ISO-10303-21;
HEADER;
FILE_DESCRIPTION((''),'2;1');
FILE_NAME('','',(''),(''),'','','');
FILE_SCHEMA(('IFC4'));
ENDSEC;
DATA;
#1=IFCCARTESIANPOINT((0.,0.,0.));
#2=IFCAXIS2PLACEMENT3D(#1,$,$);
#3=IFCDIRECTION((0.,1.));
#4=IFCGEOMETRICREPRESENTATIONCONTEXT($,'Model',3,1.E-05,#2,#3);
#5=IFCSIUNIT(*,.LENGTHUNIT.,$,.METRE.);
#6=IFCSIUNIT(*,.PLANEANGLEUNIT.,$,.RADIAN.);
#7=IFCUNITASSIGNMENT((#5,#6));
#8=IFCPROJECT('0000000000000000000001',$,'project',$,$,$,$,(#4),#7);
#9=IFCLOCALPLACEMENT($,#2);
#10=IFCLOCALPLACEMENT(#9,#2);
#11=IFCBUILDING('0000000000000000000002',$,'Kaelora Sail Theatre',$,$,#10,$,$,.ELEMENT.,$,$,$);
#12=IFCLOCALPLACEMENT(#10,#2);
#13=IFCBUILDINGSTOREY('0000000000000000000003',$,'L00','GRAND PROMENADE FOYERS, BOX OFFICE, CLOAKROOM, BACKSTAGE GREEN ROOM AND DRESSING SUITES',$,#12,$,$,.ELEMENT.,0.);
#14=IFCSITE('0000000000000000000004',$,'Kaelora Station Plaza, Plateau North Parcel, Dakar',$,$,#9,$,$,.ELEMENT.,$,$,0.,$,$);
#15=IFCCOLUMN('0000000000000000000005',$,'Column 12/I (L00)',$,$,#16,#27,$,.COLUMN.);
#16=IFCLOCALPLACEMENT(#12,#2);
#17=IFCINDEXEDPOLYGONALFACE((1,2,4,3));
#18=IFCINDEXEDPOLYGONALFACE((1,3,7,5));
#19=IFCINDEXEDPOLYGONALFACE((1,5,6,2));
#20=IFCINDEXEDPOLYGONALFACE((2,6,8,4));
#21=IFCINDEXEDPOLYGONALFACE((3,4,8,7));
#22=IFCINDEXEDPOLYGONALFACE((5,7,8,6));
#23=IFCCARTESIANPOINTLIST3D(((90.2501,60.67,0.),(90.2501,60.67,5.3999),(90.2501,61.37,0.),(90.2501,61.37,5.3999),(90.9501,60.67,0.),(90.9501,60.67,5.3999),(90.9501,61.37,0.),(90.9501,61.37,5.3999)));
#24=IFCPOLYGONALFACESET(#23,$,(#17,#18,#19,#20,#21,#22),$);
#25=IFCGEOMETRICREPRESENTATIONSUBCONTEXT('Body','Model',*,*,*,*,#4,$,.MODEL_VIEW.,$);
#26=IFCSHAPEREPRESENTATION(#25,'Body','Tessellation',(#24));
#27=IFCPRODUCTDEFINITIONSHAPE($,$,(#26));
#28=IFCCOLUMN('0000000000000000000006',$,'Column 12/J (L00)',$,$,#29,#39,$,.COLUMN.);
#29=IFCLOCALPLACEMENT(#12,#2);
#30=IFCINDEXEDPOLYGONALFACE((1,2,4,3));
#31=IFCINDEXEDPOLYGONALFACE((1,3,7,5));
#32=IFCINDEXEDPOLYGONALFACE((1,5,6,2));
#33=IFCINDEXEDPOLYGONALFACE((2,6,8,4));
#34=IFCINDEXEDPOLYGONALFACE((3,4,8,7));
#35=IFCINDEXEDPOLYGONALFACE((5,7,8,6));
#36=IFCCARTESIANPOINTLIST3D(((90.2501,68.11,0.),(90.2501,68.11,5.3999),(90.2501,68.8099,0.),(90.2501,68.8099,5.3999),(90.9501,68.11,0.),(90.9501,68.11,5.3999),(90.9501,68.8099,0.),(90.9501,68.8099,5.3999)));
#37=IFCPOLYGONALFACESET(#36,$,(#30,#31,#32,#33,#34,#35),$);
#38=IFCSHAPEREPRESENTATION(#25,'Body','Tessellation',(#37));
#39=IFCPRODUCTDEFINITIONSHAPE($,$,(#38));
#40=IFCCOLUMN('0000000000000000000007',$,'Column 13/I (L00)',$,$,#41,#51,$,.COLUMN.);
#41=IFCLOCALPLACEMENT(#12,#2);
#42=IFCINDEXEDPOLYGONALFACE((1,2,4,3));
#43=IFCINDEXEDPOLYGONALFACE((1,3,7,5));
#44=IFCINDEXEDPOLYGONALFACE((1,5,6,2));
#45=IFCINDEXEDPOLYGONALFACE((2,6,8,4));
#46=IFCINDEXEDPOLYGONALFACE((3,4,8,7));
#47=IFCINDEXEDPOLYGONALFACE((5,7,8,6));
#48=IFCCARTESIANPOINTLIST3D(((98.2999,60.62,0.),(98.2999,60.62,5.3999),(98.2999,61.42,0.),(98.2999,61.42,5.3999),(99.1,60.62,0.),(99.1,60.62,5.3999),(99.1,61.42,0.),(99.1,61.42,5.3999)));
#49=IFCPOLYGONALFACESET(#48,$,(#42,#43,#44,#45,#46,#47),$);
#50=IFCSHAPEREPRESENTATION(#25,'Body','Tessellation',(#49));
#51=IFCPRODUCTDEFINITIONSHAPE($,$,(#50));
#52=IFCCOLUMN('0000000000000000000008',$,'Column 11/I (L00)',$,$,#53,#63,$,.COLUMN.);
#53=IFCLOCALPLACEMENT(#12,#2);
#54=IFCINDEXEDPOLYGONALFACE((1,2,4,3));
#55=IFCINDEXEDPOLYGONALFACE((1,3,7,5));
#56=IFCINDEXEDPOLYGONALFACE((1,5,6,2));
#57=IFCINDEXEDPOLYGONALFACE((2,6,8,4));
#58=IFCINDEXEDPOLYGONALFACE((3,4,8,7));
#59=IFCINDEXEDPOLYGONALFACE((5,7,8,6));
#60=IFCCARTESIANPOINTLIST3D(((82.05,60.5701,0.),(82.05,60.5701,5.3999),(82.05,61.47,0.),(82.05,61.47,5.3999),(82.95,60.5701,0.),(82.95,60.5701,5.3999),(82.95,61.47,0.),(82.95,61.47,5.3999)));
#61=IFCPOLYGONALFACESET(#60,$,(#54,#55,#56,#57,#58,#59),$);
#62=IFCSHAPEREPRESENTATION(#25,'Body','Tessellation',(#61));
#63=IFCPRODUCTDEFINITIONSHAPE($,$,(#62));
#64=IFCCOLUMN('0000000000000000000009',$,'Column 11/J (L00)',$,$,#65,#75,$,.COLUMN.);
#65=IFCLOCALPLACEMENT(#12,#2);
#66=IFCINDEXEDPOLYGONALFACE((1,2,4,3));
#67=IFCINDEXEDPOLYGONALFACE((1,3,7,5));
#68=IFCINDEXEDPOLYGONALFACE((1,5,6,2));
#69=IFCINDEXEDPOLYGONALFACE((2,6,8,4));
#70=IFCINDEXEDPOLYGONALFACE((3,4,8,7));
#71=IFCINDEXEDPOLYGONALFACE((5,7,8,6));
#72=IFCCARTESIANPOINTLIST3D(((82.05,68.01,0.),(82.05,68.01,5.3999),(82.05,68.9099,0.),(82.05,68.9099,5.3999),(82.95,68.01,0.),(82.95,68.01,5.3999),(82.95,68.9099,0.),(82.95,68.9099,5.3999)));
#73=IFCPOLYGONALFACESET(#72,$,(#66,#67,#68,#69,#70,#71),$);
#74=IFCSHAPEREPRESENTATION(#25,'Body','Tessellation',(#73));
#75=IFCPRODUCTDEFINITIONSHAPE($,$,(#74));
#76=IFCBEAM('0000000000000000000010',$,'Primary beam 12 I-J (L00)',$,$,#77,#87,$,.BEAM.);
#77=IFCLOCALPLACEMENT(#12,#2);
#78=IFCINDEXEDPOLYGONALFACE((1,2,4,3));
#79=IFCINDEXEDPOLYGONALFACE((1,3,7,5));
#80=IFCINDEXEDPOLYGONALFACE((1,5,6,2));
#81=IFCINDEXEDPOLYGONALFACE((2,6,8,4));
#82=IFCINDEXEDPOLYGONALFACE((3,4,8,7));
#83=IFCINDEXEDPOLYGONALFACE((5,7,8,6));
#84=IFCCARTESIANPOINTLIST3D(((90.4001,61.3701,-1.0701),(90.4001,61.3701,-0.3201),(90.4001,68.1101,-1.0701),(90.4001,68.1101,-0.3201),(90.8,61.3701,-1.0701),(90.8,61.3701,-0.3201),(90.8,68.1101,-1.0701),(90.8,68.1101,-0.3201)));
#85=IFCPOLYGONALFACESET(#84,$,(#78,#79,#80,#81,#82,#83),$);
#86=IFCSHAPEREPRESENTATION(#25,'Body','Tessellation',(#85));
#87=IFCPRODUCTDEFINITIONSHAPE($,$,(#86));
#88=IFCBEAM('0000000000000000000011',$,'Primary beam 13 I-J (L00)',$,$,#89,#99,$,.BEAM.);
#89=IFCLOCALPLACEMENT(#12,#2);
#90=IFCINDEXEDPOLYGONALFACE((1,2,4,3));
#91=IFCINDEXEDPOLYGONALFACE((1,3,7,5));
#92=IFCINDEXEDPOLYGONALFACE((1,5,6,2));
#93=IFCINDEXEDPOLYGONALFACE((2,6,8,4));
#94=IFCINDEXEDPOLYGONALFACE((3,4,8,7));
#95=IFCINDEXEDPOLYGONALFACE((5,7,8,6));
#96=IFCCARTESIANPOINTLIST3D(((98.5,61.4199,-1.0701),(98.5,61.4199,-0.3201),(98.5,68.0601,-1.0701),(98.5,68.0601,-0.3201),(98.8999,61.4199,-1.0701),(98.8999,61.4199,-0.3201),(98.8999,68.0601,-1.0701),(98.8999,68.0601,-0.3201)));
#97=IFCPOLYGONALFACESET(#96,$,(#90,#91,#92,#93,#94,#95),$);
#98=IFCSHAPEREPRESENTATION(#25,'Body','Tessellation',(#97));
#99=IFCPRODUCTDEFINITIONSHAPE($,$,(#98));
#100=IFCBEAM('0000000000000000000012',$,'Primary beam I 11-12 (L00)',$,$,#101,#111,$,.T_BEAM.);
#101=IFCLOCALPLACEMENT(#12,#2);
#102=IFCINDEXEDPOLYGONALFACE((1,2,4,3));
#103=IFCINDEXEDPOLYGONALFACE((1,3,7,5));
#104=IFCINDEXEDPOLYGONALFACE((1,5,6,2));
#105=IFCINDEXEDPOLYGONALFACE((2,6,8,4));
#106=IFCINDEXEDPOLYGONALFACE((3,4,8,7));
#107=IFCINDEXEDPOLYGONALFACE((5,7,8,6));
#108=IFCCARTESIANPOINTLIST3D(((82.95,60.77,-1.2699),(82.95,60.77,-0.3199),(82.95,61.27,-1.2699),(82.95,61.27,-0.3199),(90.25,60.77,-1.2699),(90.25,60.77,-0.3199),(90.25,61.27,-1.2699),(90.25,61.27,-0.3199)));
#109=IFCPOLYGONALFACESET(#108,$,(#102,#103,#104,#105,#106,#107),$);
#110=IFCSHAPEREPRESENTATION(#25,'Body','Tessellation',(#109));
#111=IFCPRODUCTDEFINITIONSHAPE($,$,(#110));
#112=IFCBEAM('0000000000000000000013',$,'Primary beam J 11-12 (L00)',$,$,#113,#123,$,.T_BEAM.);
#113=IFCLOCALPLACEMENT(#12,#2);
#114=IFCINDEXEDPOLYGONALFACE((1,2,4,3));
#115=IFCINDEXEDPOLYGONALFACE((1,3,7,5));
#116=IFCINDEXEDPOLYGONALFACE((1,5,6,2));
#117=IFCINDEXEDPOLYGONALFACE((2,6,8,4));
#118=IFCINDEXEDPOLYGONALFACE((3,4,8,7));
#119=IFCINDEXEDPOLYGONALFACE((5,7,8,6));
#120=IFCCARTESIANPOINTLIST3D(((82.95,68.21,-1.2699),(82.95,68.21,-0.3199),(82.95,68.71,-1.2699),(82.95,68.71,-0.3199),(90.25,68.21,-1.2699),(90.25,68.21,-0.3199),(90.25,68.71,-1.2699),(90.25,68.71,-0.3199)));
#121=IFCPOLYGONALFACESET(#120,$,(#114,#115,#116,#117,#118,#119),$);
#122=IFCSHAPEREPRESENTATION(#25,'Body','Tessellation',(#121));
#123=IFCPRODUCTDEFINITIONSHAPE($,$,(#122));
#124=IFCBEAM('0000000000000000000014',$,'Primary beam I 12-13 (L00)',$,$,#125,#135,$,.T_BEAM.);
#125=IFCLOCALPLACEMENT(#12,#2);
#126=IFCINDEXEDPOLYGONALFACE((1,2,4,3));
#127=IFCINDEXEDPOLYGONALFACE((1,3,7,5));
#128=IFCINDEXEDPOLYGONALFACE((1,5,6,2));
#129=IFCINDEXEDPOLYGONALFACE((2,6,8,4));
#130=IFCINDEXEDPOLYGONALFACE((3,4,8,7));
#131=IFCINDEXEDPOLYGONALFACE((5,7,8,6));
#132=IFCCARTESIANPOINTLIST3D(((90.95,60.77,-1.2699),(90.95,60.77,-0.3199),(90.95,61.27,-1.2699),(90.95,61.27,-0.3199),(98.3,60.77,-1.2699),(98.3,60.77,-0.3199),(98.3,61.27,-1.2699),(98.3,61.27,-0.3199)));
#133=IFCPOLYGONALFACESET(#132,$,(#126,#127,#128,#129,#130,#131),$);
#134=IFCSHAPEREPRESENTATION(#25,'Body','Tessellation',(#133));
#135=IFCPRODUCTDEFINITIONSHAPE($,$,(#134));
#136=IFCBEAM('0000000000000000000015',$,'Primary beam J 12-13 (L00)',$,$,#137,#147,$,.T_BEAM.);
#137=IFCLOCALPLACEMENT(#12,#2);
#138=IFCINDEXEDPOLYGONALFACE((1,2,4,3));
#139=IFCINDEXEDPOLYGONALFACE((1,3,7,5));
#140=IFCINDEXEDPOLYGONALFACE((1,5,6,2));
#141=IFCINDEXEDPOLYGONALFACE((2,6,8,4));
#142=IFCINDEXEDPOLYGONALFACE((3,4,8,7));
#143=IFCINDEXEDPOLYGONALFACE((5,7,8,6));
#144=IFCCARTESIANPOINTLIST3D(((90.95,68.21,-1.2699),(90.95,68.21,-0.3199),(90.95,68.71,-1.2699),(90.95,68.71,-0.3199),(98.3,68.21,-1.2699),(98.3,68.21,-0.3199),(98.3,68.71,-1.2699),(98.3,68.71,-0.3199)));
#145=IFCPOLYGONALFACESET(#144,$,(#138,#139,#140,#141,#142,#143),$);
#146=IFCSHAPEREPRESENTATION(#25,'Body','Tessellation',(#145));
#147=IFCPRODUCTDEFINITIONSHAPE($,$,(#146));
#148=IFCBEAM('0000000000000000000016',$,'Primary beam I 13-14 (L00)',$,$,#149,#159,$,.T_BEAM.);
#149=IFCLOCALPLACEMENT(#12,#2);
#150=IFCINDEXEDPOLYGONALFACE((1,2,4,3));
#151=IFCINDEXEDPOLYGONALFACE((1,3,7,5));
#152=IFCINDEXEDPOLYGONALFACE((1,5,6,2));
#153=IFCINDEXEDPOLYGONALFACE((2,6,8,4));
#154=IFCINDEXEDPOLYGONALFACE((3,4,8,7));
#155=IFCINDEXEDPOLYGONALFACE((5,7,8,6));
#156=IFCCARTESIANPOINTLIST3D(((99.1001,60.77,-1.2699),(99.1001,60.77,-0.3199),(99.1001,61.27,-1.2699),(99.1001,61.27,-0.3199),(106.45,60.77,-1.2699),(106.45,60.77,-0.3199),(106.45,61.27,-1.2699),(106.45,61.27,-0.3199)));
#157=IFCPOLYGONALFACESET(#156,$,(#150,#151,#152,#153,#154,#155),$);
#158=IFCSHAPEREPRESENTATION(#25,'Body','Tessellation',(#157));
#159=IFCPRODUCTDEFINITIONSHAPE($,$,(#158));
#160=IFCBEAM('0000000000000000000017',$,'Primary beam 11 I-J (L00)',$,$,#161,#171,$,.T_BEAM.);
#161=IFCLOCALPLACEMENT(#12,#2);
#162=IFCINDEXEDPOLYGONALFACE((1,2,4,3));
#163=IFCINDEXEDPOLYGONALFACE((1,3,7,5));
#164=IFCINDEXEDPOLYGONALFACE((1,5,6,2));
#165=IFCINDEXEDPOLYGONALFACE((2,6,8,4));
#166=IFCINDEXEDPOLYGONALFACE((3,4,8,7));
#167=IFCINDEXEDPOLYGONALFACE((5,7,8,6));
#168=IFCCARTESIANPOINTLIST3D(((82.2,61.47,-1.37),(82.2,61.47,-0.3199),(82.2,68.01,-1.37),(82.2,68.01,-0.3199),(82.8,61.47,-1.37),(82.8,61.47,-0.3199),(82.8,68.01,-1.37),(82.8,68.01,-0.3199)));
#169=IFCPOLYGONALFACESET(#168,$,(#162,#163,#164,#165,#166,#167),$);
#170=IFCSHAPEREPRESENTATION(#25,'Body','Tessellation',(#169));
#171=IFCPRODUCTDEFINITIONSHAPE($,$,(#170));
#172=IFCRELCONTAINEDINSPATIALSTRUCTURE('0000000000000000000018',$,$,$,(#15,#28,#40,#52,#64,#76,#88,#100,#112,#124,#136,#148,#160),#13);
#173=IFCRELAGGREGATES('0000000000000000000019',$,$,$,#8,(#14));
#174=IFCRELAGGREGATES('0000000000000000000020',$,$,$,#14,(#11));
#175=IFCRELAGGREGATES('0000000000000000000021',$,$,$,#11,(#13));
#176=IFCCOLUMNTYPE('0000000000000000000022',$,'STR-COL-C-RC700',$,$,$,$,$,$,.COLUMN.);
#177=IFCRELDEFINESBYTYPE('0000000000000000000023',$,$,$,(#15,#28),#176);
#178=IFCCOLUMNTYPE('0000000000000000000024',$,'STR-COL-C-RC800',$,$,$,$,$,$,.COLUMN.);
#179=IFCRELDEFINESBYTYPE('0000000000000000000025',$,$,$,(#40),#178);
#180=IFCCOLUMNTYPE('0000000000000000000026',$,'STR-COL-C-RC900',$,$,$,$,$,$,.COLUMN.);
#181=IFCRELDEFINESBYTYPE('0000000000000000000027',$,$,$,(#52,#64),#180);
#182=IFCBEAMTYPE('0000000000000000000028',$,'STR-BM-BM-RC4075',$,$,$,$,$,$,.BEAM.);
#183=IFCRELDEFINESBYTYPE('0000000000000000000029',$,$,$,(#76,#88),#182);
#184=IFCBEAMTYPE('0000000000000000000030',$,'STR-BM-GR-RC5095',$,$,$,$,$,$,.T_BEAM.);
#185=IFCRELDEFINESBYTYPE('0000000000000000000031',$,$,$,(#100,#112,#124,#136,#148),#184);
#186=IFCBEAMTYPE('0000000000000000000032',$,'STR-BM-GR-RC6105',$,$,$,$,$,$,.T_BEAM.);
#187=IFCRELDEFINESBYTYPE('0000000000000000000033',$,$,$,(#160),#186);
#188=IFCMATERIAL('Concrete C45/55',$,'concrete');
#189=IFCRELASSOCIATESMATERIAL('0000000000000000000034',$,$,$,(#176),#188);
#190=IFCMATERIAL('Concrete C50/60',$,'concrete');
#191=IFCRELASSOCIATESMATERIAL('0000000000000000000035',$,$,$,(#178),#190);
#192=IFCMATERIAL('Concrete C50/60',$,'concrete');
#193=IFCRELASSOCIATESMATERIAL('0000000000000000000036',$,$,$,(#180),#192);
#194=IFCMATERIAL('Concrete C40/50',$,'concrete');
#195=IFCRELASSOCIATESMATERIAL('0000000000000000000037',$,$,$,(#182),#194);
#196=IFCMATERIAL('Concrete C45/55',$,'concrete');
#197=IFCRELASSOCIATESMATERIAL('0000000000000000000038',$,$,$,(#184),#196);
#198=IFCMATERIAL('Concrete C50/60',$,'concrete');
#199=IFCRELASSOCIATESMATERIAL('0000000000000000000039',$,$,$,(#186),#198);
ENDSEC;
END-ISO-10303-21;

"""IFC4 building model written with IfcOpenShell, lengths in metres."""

from ifc_helpers import new_model, si_unit, direction, frame, origin, origin_2d, place, context, subcontext, project, spatial, rectangle, extrude, material, material_profile, profile_set, type_object, element, save


model = new_model("IFC4")

# Units and contexts
model_context = context("Model", 3, precision=1e-05, world=origin(), true_north=direction((0.0, 1.0)))
body_context = subcontext(model_context, "Body", "Model", "MODEL_VIEW")
ifc_project = project(units=[si_unit("LENGTHUNIT", "METRE"), si_unit("PLANEANGLEUNIT", "RADIAN")], contexts=[model_context])

# Site, building, storey
site_placement = place(None, origin())
site = spatial("IfcSite", under=ifc_project, at=site_placement, Name="Kaelora Station Plaza, Plateau North Parcel, Dakar", CompositionType="ELEMENT", RefElevation=0.0)
building_placement = place(site_placement, origin())
building = spatial("IfcBuilding", under=site, at=building_placement, Name="Kaelora Sail Theatre", CompositionType="ELEMENT")
storey_placement = place(building_placement, origin())
storey = spatial("IfcBuildingStorey", under=building, at=storey_placement, Name="L00", Description="GRAND PROMENADE FOYERS, BOX OFFICE, CLOAKROOM, BACKSTAGE GREEN ROOM AND DRESSING SUITES", CompositionType="ELEMENT", Elevation=0.0)

# Columns
ifc_material_1 = material(Name="Concrete C45/55", Category="concrete")
ifc_material_profile_1 = material_profile(ifc_material_1, rectangle(XDim=0.7, YDim=0.7, at=origin_2d()), Name="RC-COL 700x700")
ifc_profile_set_1 = profile_set([ifc_material_profile_1], Name="Concrete C45/55")
column_type_1 = type_object("IfcColumnType", Name="STR-COL-C-RC700", PredefinedType="COLUMN", material=ifc_profile_set_1)
for number, where, z_axis, x_axis, name in (
    (1, (90.6001, 61.02, 0.0), (0.0, 0.0, 1.0), (1.0, 0.0, 0.0), "Column 12/I (L00)"),
    (2, (90.6001, 68.46, 0.0), (0.0, 0.0, 1.0), (1.0, 0.0, 0.0), "Column 12/J (L00)"),
):
    element("IfcColumn", number, at=place(storey_placement, frame(where, z_axis=z_axis, x_axis=x_axis)), inside=storey, type_object=column_type_1, Name=name, PredefinedType="COLUMN", context=body_context, shape_type="SweptSolid", body=[
        extrude(rectangle(XDim=0.7, YDim=0.7, at=origin_2d()), origin(), (0.0, 0.0, 1.0), 5.3999),
    ])
ifc_material_2 = material(Name="Concrete C50/60", Category="concrete")
ifc_material_profile_2 = material_profile(ifc_material_2, rectangle(XDim=0.8, YDim=0.8, at=origin_2d()), Name="RC-COL 800x800")
ifc_profile_set_2 = profile_set([ifc_material_profile_2], Name="Concrete C50/60")
column_type_2 = type_object("IfcColumnType", Name="STR-COL-C-RC800", PredefinedType="COLUMN", material=ifc_profile_set_2)
column_placement = place(storey_placement, frame((98.7, 61.02, 0.0), z_axis=(0.0, 0.0, 1.0), x_axis=(1.0, 0.0, 0.0)))
element("IfcColumn", 3, at=column_placement, inside=storey, type_object=column_type_2, Name="Column 13/I (L00)", PredefinedType="COLUMN", context=body_context, shape_type="SweptSolid", body=[
    extrude(rectangle(XDim=0.8, YDim=0.8, at=origin_2d()), origin(), (0.0, 0.0, 1.0), 5.3999),
])
ifc_material_3 = material(Name="Concrete C50/60", Category="concrete")
ifc_material_profile_3 = material_profile(ifc_material_3, rectangle(XDim=0.8999, YDim=0.8999, at=origin_2d()), Name="RC-COL 900x900")
ifc_profile_set_3 = profile_set([ifc_material_profile_3], Name="Concrete C50/60")
column_type_3 = type_object("IfcColumnType", Name="STR-COL-C-RC900", PredefinedType="COLUMN", material=ifc_profile_set_3)
for number, where, z_axis, x_axis, name in (
    (4, (82.5, 61.02, 0.0), (0.0, 0.0, 1.0), (1.0, 0.0, 0.0), "Column 11/I (L00)"),
    (5, (82.5, 68.46, 0.0), (0.0, 0.0, 1.0), (1.0, 0.0, 0.0), "Column 11/J (L00)"),
):
    element("IfcColumn", number, at=place(storey_placement, frame(where, z_axis=z_axis, x_axis=x_axis)), inside=storey, type_object=column_type_3, Name=name, PredefinedType="COLUMN", context=body_context, shape_type="SweptSolid", body=[
        extrude(rectangle(XDim=0.8999, YDim=0.8999, at=origin_2d()), origin(), (0.0, 0.0, 1.0), 5.3999),
    ])

# Beams
ifc_material_4 = material(Name="Concrete C40/50", Category="concrete")
ifc_material_profile_4 = material_profile(ifc_material_4, rectangle(XDim=0.3999, YDim=0.75, at=origin_2d()), Name="RC-BM 400x750")
ifc_profile_set_4 = profile_set([ifc_material_profile_4], Name="Concrete C40/50")
beam_type_1 = type_object("IfcBeamType", Name="STR-BM-BM-RC4075", PredefinedType="BEAM", material=ifc_profile_set_4)
beam_1_placement = place(storey_placement, frame((90.6001, 61.3701, -0.6951), z_axis=(0.0, 1.0, 0.0), x_axis=(-1.0, 0.0, 0.0)))
element("IfcBeam", 6, at=beam_1_placement, inside=storey, type_object=beam_type_1, Name="Primary beam 12 I-J (L00)", PredefinedType="BEAM", context=body_context, shape_type="SweptSolid", body=[
    extrude(rectangle(XDim=0.3999, YDim=0.75, at=origin_2d()), origin(), (0.0, 0.0, 1.0), 6.74),
])
beam_2_placement = place(storey_placement, frame((98.7, 61.4199, -0.6951), z_axis=(0.0, 1.0, 0.0), x_axis=(-1.0, 0.0, 0.0)))
element("IfcBeam", 7, at=beam_2_placement, inside=storey, type_object=beam_type_1, Name="Primary beam 13 I-J (L00)", PredefinedType="BEAM", context=body_context, shape_type="SweptSolid", body=[
    extrude(rectangle(XDim=0.3999, YDim=0.75, at=origin_2d()), origin(), (0.0, 0.0, 1.0), 6.6401),
])
ifc_material_5 = material(Name="Concrete C45/55", Category="concrete")
ifc_material_profile_5 = material_profile(ifc_material_5, rectangle(XDim=0.5, YDim=0.95, at=origin_2d()), Name="RC-GRD 500x950")
ifc_profile_set_5 = profile_set([ifc_material_profile_5], Name="Concrete C45/55")
beam_type_2 = type_object("IfcBeamType", Name="STR-BM-GR-RC5095", PredefinedType="T_BEAM", material=ifc_profile_set_5)
for number, where, z_axis, x_axis, name in (
    (8, (82.95, 61.02, -0.7949), (1.0, 0.0, 0.0), (0.0, 1.0, 0.0), "Primary beam I 11-12 (L00)"),
    (9, (82.95, 68.46, -0.7949), (1.0, 0.0, 0.0), (0.0, 1.0, 0.0), "Primary beam J 11-12 (L00)"),
):
    element("IfcBeam", number, at=place(storey_placement, frame(where, z_axis=z_axis, x_axis=x_axis)), inside=storey, type_object=beam_type_2, Name=name, PredefinedType="T_BEAM", context=body_context, shape_type="SweptSolid", body=[
        extrude(rectangle(XDim=0.5, YDim=0.95, at=origin_2d()), origin(), (0.0, 0.0, 1.0), 7.3),
    ])
for number, where, z_axis, x_axis, name in (
    (10, (90.95, 61.02, -0.7949), (1.0, 0.0, 0.0), (0.0, 1.0, 0.0), "Primary beam I 12-13 (L00)"),
    (11, (90.95, 68.46, -0.7949), (1.0, 0.0, 0.0), (0.0, 1.0, 0.0), "Primary beam J 12-13 (L00)"),
):
    element("IfcBeam", number, at=place(storey_placement, frame(where, z_axis=z_axis, x_axis=x_axis)), inside=storey, type_object=beam_type_2, Name=name, PredefinedType="T_BEAM", context=body_context, shape_type="SweptSolid", body=[
        extrude(rectangle(XDim=0.5, YDim=0.95, at=origin_2d()), origin(), (0.0, 0.0, 1.0), 7.3501),
    ])
beam_3_placement = place(storey_placement, frame((99.1001, 61.02, -0.7949), z_axis=(1.0, 0.0, 0.0), x_axis=(0.0, 1.0, 0.0)))
element("IfcBeam", 12, at=beam_3_placement, inside=storey, type_object=beam_type_2, Name="Primary beam I 13-14 (L00)", PredefinedType="T_BEAM", context=body_context, shape_type="SweptSolid", body=[
    extrude(rectangle(XDim=0.5, YDim=0.95, at=origin_2d()), origin(), (0.0, 0.0, 1.0), 7.3499),
])
ifc_material_6 = material(Name="Concrete C50/60", Category="concrete")
ifc_material_profile_6 = material_profile(ifc_material_6, rectangle(XDim=0.6001, YDim=1.05, at=origin_2d()), Name="RC-GRD 600x1050")
ifc_profile_set_6 = profile_set([ifc_material_profile_6], Name="Concrete C50/60")
beam_type_3 = type_object("IfcBeamType", Name="STR-BM-GR-RC6105", PredefinedType="T_BEAM", material=ifc_profile_set_6)
beam_4_placement = place(storey_placement, frame((82.5, 61.47, -0.845), z_axis=(0.0, 1.0, 0.0), x_axis=(-1.0, 0.0, 0.0)))
element("IfcBeam", 13, at=beam_4_placement, inside=storey, type_object=beam_type_3, Name="Primary beam 11 I-J (L00)", PredefinedType="T_BEAM", context=body_context, shape_type="SweptSolid", body=[
    extrude(rectangle(XDim=0.6001, YDim=1.05, at=origin_2d()), origin(), (0.0, 0.0, 1.0), 6.54),
])

save(model, "model.ifc")
